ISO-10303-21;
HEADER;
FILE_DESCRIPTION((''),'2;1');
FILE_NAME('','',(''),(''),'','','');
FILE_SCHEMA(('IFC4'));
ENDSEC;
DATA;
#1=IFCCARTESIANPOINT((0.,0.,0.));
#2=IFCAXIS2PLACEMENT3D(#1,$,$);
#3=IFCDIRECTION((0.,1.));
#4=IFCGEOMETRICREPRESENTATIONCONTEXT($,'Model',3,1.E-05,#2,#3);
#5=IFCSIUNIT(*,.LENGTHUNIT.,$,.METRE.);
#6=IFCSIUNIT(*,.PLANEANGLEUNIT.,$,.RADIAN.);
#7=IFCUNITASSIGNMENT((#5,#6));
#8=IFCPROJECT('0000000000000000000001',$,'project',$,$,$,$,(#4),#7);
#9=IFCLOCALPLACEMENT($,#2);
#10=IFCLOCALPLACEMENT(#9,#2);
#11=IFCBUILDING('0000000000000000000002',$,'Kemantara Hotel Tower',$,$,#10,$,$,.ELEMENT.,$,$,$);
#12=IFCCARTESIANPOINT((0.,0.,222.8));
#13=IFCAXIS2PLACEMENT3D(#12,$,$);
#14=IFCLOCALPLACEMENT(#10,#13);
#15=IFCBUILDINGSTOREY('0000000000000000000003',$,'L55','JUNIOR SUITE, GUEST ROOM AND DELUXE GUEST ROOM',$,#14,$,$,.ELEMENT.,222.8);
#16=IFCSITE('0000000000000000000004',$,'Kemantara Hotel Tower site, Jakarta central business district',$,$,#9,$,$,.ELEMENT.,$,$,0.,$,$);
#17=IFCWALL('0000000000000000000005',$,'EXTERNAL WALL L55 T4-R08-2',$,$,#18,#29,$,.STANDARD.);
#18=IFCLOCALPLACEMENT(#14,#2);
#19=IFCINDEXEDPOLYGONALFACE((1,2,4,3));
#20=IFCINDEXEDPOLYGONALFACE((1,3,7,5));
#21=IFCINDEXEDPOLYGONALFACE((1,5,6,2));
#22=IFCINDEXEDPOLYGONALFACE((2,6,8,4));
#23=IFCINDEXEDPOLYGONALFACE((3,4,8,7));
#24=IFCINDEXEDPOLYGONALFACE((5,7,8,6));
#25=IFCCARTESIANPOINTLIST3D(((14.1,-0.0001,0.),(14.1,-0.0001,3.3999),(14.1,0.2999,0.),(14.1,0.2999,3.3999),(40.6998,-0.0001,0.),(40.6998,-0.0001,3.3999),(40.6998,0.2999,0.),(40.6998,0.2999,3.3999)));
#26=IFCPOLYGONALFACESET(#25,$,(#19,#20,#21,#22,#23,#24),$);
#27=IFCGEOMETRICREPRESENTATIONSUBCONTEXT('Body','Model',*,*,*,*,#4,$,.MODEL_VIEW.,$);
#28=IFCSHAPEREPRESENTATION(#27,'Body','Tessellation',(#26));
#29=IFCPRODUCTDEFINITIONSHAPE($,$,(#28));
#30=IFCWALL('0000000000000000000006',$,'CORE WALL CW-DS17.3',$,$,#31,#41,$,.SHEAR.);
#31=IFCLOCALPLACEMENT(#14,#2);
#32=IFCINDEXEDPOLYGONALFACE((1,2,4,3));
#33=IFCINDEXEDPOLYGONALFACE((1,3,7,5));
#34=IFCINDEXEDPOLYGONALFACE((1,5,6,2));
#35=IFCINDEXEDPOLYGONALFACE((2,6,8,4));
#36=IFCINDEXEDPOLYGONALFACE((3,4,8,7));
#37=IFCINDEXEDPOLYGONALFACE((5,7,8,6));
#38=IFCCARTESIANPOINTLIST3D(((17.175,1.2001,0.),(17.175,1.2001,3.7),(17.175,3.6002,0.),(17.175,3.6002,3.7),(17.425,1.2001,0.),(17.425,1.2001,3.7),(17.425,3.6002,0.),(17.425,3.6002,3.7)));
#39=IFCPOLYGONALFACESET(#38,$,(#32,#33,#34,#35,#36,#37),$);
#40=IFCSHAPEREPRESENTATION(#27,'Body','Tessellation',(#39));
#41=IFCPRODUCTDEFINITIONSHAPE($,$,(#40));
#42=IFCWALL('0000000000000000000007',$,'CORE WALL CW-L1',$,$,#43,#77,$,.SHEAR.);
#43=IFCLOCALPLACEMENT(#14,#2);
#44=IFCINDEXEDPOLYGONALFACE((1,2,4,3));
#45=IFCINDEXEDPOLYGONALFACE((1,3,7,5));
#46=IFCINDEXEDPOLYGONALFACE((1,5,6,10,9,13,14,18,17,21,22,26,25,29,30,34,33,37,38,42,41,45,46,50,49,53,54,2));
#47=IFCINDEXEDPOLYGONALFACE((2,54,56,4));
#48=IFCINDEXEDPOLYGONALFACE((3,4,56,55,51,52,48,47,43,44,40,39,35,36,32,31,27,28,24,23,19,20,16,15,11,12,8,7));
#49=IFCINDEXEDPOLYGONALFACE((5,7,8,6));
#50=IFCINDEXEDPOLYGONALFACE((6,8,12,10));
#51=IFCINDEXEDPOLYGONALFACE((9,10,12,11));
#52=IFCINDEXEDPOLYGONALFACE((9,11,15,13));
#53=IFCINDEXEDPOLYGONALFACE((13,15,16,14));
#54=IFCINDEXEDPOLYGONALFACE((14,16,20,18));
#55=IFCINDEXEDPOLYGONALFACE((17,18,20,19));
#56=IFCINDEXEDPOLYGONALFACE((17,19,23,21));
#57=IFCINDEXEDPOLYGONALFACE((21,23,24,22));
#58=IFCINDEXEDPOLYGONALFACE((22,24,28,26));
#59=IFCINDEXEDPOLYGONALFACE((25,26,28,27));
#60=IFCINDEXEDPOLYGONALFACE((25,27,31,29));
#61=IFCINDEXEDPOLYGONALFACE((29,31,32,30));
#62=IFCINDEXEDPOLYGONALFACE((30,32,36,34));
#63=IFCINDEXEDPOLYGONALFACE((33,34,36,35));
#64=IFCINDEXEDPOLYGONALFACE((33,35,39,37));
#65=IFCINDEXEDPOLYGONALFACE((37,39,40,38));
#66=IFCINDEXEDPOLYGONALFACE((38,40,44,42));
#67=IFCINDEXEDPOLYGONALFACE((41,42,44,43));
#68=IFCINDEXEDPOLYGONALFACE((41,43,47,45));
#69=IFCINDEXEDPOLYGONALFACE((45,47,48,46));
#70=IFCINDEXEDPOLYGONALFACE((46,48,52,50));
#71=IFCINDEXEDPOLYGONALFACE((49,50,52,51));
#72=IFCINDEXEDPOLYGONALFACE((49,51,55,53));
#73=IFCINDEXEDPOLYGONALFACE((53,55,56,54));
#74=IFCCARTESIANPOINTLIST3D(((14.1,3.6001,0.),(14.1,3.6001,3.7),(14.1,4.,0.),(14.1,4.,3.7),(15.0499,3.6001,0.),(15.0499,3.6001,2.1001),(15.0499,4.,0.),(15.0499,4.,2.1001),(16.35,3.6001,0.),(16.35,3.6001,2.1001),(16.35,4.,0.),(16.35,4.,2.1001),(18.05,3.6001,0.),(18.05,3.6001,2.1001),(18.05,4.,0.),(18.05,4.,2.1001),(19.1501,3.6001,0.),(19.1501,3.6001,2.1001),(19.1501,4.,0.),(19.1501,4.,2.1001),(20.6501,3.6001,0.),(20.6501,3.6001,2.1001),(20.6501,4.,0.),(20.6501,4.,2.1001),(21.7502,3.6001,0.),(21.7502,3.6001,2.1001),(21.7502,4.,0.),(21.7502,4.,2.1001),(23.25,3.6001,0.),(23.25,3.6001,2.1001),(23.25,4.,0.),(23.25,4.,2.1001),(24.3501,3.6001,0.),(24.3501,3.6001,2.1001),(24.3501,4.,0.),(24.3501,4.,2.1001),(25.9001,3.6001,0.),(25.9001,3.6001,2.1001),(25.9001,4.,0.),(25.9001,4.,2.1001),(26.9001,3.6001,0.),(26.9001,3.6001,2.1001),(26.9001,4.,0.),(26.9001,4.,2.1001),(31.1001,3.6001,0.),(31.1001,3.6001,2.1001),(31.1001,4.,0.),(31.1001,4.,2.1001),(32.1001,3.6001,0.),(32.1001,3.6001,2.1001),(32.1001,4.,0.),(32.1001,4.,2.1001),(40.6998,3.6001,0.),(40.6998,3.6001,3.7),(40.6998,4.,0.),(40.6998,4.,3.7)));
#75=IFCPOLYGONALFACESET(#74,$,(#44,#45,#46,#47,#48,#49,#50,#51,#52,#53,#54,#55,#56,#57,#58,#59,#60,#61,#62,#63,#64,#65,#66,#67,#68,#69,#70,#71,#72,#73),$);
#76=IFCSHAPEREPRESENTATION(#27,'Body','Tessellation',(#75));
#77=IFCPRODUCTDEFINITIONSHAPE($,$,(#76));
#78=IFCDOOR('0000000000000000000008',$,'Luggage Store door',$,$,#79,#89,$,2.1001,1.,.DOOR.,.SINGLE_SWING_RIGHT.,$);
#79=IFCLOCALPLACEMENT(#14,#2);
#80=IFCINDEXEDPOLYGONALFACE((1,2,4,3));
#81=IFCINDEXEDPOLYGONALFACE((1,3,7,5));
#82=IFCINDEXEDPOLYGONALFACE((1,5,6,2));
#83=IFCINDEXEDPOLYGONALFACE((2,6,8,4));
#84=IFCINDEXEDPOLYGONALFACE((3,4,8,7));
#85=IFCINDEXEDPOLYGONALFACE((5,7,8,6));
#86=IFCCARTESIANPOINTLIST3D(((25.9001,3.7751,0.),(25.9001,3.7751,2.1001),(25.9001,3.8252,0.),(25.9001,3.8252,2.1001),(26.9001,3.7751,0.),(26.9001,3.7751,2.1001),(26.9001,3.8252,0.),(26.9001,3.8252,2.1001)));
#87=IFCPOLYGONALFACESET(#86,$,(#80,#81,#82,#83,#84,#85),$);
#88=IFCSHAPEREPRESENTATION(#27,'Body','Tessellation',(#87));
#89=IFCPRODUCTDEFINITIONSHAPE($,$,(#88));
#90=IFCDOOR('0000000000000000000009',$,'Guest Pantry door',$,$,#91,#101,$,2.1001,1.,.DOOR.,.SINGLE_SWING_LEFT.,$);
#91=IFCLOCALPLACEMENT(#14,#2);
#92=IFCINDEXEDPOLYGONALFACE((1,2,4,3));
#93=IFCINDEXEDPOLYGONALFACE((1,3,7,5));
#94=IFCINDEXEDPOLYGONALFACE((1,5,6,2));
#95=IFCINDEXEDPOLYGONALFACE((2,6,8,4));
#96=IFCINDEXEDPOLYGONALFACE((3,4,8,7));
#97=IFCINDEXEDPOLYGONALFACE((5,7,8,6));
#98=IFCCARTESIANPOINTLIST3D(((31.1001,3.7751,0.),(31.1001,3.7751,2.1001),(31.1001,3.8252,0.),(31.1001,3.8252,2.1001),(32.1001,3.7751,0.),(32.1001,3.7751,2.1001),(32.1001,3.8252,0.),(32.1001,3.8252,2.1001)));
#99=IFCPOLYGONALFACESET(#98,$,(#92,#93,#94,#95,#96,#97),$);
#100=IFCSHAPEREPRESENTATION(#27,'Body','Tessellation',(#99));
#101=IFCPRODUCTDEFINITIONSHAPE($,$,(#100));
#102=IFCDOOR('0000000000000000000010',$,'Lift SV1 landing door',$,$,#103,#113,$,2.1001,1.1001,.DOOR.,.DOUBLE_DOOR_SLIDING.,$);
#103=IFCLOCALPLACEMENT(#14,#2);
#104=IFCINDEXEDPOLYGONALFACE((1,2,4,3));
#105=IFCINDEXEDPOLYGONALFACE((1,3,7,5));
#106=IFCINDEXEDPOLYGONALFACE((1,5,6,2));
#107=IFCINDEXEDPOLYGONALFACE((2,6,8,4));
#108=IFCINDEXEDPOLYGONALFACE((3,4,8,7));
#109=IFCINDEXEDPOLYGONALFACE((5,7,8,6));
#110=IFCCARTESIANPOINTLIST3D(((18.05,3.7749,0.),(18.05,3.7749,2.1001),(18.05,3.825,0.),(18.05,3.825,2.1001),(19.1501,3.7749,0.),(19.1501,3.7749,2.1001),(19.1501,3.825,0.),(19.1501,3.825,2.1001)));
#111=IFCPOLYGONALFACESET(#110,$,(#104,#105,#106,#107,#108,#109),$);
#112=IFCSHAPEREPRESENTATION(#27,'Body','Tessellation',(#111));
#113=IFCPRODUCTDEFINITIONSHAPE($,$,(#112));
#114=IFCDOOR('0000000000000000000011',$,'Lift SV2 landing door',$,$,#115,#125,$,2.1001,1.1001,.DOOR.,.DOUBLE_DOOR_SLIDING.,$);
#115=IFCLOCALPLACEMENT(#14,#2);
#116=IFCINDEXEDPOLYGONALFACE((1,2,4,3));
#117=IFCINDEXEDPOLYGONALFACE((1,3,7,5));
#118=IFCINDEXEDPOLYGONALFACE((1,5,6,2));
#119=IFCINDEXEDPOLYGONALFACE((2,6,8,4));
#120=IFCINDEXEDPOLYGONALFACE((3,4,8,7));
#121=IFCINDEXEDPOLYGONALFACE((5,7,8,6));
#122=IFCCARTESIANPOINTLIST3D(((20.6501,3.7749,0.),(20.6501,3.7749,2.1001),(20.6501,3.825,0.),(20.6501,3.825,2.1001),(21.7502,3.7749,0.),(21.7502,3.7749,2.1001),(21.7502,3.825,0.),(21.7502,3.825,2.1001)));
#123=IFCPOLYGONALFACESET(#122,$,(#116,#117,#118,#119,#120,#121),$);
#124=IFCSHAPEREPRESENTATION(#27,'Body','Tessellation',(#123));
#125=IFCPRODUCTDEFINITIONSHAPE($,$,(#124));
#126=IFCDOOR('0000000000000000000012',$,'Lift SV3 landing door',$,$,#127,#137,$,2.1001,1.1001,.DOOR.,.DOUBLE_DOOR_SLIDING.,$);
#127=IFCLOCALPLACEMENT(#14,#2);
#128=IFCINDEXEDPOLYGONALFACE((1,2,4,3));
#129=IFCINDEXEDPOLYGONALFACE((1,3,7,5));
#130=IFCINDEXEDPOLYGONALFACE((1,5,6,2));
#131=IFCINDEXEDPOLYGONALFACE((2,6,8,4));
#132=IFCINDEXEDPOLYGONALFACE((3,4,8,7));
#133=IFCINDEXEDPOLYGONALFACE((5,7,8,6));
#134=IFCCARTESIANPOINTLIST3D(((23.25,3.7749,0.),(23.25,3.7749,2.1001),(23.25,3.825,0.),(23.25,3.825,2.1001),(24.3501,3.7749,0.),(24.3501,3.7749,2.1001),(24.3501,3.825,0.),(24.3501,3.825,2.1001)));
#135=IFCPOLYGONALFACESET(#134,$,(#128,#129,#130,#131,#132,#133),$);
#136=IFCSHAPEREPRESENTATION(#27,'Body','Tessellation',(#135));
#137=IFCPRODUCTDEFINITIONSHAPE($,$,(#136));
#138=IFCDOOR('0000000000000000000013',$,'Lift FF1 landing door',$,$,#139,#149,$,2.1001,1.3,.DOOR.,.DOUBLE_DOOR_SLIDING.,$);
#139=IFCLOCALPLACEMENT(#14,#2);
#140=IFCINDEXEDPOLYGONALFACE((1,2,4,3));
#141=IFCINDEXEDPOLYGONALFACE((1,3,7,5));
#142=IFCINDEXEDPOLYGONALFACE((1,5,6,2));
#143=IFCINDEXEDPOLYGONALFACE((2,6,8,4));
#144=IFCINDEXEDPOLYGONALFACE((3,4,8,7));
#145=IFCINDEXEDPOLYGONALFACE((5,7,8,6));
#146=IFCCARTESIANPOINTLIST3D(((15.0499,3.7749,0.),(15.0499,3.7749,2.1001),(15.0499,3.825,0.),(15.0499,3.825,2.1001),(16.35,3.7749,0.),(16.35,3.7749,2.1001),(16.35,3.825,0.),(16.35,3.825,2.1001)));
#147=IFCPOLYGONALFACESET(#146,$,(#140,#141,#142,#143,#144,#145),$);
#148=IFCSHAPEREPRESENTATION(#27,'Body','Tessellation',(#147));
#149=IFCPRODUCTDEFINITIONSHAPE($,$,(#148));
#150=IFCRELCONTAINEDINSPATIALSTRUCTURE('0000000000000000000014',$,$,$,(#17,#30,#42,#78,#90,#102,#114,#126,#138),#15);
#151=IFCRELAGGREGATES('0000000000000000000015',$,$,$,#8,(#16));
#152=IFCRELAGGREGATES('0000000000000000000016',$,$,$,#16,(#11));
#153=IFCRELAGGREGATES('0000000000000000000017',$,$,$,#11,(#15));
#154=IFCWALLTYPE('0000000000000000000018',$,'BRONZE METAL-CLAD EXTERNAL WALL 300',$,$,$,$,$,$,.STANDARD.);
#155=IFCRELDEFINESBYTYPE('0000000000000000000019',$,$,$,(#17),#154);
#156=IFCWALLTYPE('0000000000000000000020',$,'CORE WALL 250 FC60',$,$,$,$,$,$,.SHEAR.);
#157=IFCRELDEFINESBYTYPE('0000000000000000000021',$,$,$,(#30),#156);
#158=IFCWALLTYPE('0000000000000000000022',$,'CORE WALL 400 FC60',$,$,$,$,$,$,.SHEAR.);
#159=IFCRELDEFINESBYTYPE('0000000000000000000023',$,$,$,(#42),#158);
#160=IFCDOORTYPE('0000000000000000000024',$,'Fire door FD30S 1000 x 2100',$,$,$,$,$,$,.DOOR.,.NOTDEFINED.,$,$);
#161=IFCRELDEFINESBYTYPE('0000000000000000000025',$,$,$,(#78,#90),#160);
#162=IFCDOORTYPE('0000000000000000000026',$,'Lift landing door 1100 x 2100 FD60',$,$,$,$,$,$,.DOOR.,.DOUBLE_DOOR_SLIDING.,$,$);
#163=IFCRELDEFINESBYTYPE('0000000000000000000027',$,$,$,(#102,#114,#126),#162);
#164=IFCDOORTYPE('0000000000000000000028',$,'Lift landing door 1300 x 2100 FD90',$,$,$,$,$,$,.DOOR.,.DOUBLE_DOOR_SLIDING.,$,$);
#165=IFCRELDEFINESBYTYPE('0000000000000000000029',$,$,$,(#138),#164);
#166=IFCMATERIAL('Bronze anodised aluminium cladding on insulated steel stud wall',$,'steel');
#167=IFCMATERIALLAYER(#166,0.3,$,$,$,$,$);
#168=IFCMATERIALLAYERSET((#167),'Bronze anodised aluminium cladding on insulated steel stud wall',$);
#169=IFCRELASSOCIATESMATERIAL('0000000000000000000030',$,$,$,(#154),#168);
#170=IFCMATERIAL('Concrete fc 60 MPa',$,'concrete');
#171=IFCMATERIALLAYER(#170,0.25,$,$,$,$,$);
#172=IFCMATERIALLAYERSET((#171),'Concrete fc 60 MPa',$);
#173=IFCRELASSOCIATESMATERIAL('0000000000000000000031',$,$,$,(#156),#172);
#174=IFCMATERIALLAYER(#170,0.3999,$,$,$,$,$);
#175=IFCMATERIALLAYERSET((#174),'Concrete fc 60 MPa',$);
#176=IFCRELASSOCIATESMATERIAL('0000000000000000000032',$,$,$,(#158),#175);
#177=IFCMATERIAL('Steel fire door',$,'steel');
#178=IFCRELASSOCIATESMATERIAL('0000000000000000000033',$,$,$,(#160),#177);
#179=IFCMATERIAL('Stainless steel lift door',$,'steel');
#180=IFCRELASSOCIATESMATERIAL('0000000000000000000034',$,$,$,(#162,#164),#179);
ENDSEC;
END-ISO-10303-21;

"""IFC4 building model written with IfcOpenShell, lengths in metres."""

from ifc_helpers import new_model, si_unit, direction, frame, frame_2d, origin, place, context, subcontext, project, spatial, rectangle, extrude, material, layer, layer_set, type_object, element, fill, save


model = new_model("IFC4")

# Units and contexts
model_context = context("Model", 3, precision=1e-05, world=origin(), true_north=direction((0.0, 1.0)))
body_context = subcontext(model_context, "Body", "Model", "MODEL_VIEW")
ifc_project = project(units=[si_unit("LENGTHUNIT", "METRE"), si_unit("PLANEANGLEUNIT", "RADIAN")], contexts=[model_context])

# Site, building, storey
site_placement = place(None, origin())
site = spatial("IfcSite", under=ifc_project, at=site_placement, Name="Kemantara Hotel Tower site, Jakarta central business district", CompositionType="ELEMENT", RefElevation=0.0)
building_placement = place(site_placement, origin())
building = spatial("IfcBuilding", under=site, at=building_placement, Name="Kemantara Hotel Tower", CompositionType="ELEMENT")
storey_placement = place(building_placement, frame((0.0, 0.0, 222.8)))
storey = spatial("IfcBuildingStorey", under=building, at=storey_placement, Name="L55", Description="JUNIOR SUITE, GUEST ROOM AND DELUXE GUEST ROOM", CompositionType="ELEMENT", Elevation=222.8)

# Walls
ifc_material_1 = material(Name="Bronze anodised aluminium cladding on insulated steel stud wall", Category="steel")
ifc_layer_1 = layer(ifc_material_1, 0.3)
ifc_layer_set_1 = layer_set([ifc_layer_1], Name="Bronze anodised aluminium cladding on insulated steel stud wall")
wall_type_1 = type_object("IfcWallType", Name="BRONZE METAL-CLAD EXTERNAL WALL 300", PredefinedType="STANDARD", material=ifc_layer_set_1)
wall_1_placement = place(storey_placement, frame((14.1001, 0.1499, 0.0), z_axis=(0.0, 0.0, 1.0), x_axis=(1.0, 0.0, 0.0)))
element("IfcWall", 1, at=wall_1_placement, inside=storey, type_object=wall_type_1, Name="EXTERNAL WALL L55 T4-R08-2", PredefinedType="STANDARD", context=body_context, shape_type="SweptSolid", body=[
    extrude(rectangle(XDim=26.5999, YDim=0.3, at=frame_2d((13.2998, 0.0))), origin(), (0.0, 0.0, 1.0), 3.3999),
])
ifc_material_2 = material(Name="Concrete fc 60 MPa", Category="concrete")
ifc_layer_2 = layer(ifc_material_2, 0.25)
ifc_layer_set_2 = layer_set([ifc_layer_2], Name="Concrete fc 60 MPa")
wall_type_2 = type_object("IfcWallType", Name="CORE WALL 250 FC60", PredefinedType="SHEAR", material=ifc_layer_set_2)
wall_2_placement = place(storey_placement, frame((17.3, 1.2, 0.0), z_axis=(0.0, 0.0, 1.0), x_axis=(0.0, 1.0, 0.0)))
element("IfcWall", 2, at=wall_2_placement, inside=storey, type_object=wall_type_2, Name="CORE WALL CW-DS17.3", PredefinedType="SHEAR", context=body_context, shape_type="SweptSolid", body=[
    extrude(rectangle(XDim=2.4001, YDim=0.25, at=frame_2d((1.2002, 0.0))), origin(), (0.0, 0.0, 1.0), 3.7),
])

# Wall, openings, doors
ifc_layer_3 = layer(ifc_material_2, 0.3999)
ifc_layer_set_3 = layer_set([ifc_layer_3], Name="Concrete fc 60 MPa")
wall_type_3 = type_object("IfcWallType", Name="CORE WALL 400 FC60", PredefinedType="SHEAR", material=ifc_layer_set_3)
wall_3_placement = place(storey_placement, frame((14.1001, 3.8, 0.0), z_axis=(0.0, 0.0, 1.0), x_axis=(1.0, 0.0, 0.0)))
wall_3 = element("IfcWall", 3, at=wall_3_placement, inside=storey, type_object=wall_type_3, Name="CORE WALL CW-L1", PredefinedType="SHEAR", context=body_context, shape_type="SweptSolid", body=[
    extrude(rectangle(XDim=26.5999, YDim=0.3999, at=frame_2d((13.2998, 0.0))), origin(), (0.0, 0.0, 1.0), 3.7),
])
opening_1_placement = place(wall_3_placement, frame((0.95, 0.0, 0.0)))
opening_1 = element("IfcOpeningElement", 4, at=opening_1_placement, cuts=wall_3, PredefinedType="OPENING", context=body_context, shape_type="SweptSolid", body=[
    extrude(rectangle(XDim=1.3, YDim=2.1001, at=frame_2d((0.6499, 1.05))), frame((0.0, 0.21, 0.0), z_axis=(0.0, -1.0, 0.0), x_axis=(1.0, 0.0, 0.0)), (0.0, 0.0, 1.0), 0.4199),
])
opening_2_placement = place(wall_3_placement, frame((3.95, 0.0, 0.0)))
opening_2 = element("IfcOpeningElement", 5, at=opening_2_placement, cuts=wall_3, PredefinedType="OPENING", context=body_context, shape_type="SweptSolid", body=[
    extrude(rectangle(XDim=1.1001, YDim=2.1001, at=frame_2d((0.55, 1.05))), frame((0.0, 0.21, 0.0), z_axis=(0.0, -1.0, 0.0), x_axis=(1.0, 0.0, 0.0)), (0.0, 0.0, 1.0), 0.4199),
])
opening_3_placement = place(wall_3_placement, frame((6.55, 0.0, 0.0)))
opening_3 = element("IfcOpeningElement", 6, at=opening_3_placement, cuts=wall_3, PredefinedType="OPENING", context=body_context, shape_type="SweptSolid", body=[
    extrude(rectangle(XDim=1.1001, YDim=2.1001, at=frame_2d((0.55, 1.05))), frame((0.0, 0.21, 0.0), z_axis=(0.0, -1.0, 0.0), x_axis=(1.0, 0.0, 0.0)), (0.0, 0.0, 1.0), 0.4199),
])
opening_4_placement = place(wall_3_placement, frame((9.1499, 0.0, 0.0)))
opening_4 = element("IfcOpeningElement", 7, at=opening_4_placement, cuts=wall_3, PredefinedType="OPENING", context=body_context, shape_type="SweptSolid", body=[
    extrude(rectangle(XDim=1.1001, YDim=2.1001, at=frame_2d((0.55, 1.05))), frame((0.0, 0.21, 0.0), z_axis=(0.0, -1.0, 0.0), x_axis=(1.0, 0.0, 0.0)), (0.0, 0.0, 1.0), 0.4199),
])
opening_5_placement = place(wall_3_placement, frame((11.8, 0.0, 0.0)))
opening_5 = element("IfcOpeningElement", 8, at=opening_5_placement, cuts=wall_3, PredefinedType="OPENING", context=body_context, shape_type="SweptSolid", body=[
    extrude(rectangle(XDim=1.0, YDim=2.1001, at=frame_2d((0.5, 1.05))), frame((0.0, 0.21, 0.0), z_axis=(0.0, -1.0, 0.0), x_axis=(1.0, 0.0, 0.0)), (0.0, 0.0, 1.0), 0.4199),
])
opening_6_placement = place(wall_3_placement, frame((17.0, 0.0, 0.0)))
opening_6 = element("IfcOpeningElement", 9, at=opening_6_placement, cuts=wall_3, PredefinedType="OPENING", context=body_context, shape_type="SweptSolid", body=[
    extrude(rectangle(XDim=1.0, YDim=2.1001, at=frame_2d((0.5, 1.05))), frame((0.0, 0.21, 0.0), z_axis=(0.0, -1.0, 0.0), x_axis=(1.0, 0.0, 0.0)), (0.0, 0.0, 1.0), 0.4199),
])
ifc_material_3 = material(Name="Steel fire door", Category="steel")
door_type_1 = type_object("IfcDoorType", Name="Fire door FD30S 1000 x 2100", OperationType="NOTDEFINED", PredefinedType="DOOR", material=ifc_material_3)
door_1_placement = place(opening_5_placement, frame((1.0, 0.0, 0.0), z_axis=(0.0, 0.0, 1.0), x_axis=(-1.0, 0.0, 0.0)))
door_1 = element("IfcDoor", 10, at=door_1_placement, inside=storey, type_object=door_type_1, Name="Luggage Store door", OperationType="SINGLE_SWING_RIGHT", OverallHeight=2.1001, OverallWidth=1.0, PredefinedType="DOOR", context=body_context, shape_type="SweptSolid", body=[
    extrude(rectangle(XDim=1.0, YDim=2.1001, at=frame_2d((0.5, 1.05))), frame((0.0, 0.0249, 0.0), z_axis=(0.0, -1.0, 0.0), x_axis=(1.0, 0.0, 0.0)), (0.0, 0.0, 1.0), 0.05),
])
fill(opening_5, door_1)
door_2_placement = place(opening_6_placement, frame((1.0, 0.0, 0.0), z_axis=(0.0, 0.0, 1.0), x_axis=(-1.0, 0.0, 0.0)))
door_2 = element("IfcDoor", 11, at=door_2_placement, inside=storey, type_object=door_type_1, Name="Guest Pantry door", OperationType="SINGLE_SWING_LEFT", OverallHeight=2.1001, OverallWidth=1.0, PredefinedType="DOOR", context=body_context, shape_type="SweptSolid", body=[
    extrude(rectangle(XDim=1.0, YDim=2.1001, at=frame_2d((0.5, 1.05))), frame((0.0, 0.0249, 0.0), z_axis=(0.0, -1.0, 0.0), x_axis=(1.0, 0.0, 0.0)), (0.0, 0.0, 1.0), 0.05),
])
fill(opening_6, door_2)
ifc_material_4 = material(Name="Stainless steel lift door", Category="steel")
door_type_2 = type_object("IfcDoorType", Name="Lift landing door 1100 x 2100 FD60", OperationType="DOUBLE_DOOR_SLIDING", PredefinedType="DOOR", material=ifc_material_4)
door_3_placement = place(opening_2_placement, origin())
door_3 = element("IfcDoor", 12, at=door_3_placement, inside=storey, type_object=door_type_2, Name="Lift SV1 landing door", OperationType="DOUBLE_DOOR_SLIDING", OverallHeight=2.1001, OverallWidth=1.1001, PredefinedType="DOOR", context=body_context, shape_type="SweptSolid", body=[
    extrude(rectangle(XDim=1.1001, YDim=2.1001, at=frame_2d((0.55, 1.05))), frame((0.0, 0.0249, 0.0), z_axis=(0.0, -1.0, 0.0), x_axis=(1.0, 0.0, 0.0)), (0.0, 0.0, 1.0), 0.05),
])
fill(opening_2, door_3)
door_4_placement = place(opening_3_placement, origin())
door_4 = element("IfcDoor", 13, at=door_4_placement, inside=storey, type_object=door_type_2, Name="Lift SV2 landing door", OperationType="DOUBLE_DOOR_SLIDING", OverallHeight=2.1001, OverallWidth=1.1001, PredefinedType="DOOR", context=body_context, shape_type="SweptSolid", body=[
    extrude(rectangle(XDim=1.1001, YDim=2.1001, at=frame_2d((0.55, 1.05))), frame((0.0, 0.0249, 0.0), z_axis=(0.0, -1.0, 0.0), x_axis=(1.0, 0.0, 0.0)), (0.0, 0.0, 1.0), 0.05),
])
fill(opening_3, door_4)
door_5_placement = place(opening_4_placement, origin())
door_5 = element("IfcDoor", 14, at=door_5_placement, inside=storey, type_object=door_type_2, Name="Lift SV3 landing door", OperationType="DOUBLE_DOOR_SLIDING", OverallHeight=2.1001, OverallWidth=1.1001, PredefinedType="DOOR", context=body_context, shape_type="SweptSolid", body=[
    extrude(rectangle(XDim=1.1001, YDim=2.1001, at=frame_2d((0.55, 1.05))), frame((0.0, 0.0249, 0.0), z_axis=(0.0, -1.0, 0.0), x_axis=(1.0, 0.0, 0.0)), (0.0, 0.0, 1.0), 0.05),
])
fill(opening_4, door_5)
door_type_3 = type_object("IfcDoorType", Name="Lift landing door 1300 x 2100 FD90", OperationType="DOUBLE_DOOR_SLIDING", PredefinedType="DOOR", material=ifc_material_4)
door_6_placement = place(opening_1_placement, origin())
door_6 = element("IfcDoor", 15, at=door_6_placement, inside=storey, type_object=door_type_3, Name="Lift FF1 landing door", OperationType="DOUBLE_DOOR_SLIDING", OverallHeight=2.1001, OverallWidth=1.3, PredefinedType="DOOR", context=body_context, shape_type="SweptSolid", body=[
    extrude(rectangle(XDim=1.3, YDim=2.1001, at=frame_2d((0.6499, 1.05))), frame((0.0, 0.0249, 0.0), z_axis=(0.0, -1.0, 0.0), x_axis=(1.0, 0.0, 0.0)), (0.0, 0.0, 1.0), 0.05),
])
fill(opening_1, door_6)

save(model, "model.ifc")
